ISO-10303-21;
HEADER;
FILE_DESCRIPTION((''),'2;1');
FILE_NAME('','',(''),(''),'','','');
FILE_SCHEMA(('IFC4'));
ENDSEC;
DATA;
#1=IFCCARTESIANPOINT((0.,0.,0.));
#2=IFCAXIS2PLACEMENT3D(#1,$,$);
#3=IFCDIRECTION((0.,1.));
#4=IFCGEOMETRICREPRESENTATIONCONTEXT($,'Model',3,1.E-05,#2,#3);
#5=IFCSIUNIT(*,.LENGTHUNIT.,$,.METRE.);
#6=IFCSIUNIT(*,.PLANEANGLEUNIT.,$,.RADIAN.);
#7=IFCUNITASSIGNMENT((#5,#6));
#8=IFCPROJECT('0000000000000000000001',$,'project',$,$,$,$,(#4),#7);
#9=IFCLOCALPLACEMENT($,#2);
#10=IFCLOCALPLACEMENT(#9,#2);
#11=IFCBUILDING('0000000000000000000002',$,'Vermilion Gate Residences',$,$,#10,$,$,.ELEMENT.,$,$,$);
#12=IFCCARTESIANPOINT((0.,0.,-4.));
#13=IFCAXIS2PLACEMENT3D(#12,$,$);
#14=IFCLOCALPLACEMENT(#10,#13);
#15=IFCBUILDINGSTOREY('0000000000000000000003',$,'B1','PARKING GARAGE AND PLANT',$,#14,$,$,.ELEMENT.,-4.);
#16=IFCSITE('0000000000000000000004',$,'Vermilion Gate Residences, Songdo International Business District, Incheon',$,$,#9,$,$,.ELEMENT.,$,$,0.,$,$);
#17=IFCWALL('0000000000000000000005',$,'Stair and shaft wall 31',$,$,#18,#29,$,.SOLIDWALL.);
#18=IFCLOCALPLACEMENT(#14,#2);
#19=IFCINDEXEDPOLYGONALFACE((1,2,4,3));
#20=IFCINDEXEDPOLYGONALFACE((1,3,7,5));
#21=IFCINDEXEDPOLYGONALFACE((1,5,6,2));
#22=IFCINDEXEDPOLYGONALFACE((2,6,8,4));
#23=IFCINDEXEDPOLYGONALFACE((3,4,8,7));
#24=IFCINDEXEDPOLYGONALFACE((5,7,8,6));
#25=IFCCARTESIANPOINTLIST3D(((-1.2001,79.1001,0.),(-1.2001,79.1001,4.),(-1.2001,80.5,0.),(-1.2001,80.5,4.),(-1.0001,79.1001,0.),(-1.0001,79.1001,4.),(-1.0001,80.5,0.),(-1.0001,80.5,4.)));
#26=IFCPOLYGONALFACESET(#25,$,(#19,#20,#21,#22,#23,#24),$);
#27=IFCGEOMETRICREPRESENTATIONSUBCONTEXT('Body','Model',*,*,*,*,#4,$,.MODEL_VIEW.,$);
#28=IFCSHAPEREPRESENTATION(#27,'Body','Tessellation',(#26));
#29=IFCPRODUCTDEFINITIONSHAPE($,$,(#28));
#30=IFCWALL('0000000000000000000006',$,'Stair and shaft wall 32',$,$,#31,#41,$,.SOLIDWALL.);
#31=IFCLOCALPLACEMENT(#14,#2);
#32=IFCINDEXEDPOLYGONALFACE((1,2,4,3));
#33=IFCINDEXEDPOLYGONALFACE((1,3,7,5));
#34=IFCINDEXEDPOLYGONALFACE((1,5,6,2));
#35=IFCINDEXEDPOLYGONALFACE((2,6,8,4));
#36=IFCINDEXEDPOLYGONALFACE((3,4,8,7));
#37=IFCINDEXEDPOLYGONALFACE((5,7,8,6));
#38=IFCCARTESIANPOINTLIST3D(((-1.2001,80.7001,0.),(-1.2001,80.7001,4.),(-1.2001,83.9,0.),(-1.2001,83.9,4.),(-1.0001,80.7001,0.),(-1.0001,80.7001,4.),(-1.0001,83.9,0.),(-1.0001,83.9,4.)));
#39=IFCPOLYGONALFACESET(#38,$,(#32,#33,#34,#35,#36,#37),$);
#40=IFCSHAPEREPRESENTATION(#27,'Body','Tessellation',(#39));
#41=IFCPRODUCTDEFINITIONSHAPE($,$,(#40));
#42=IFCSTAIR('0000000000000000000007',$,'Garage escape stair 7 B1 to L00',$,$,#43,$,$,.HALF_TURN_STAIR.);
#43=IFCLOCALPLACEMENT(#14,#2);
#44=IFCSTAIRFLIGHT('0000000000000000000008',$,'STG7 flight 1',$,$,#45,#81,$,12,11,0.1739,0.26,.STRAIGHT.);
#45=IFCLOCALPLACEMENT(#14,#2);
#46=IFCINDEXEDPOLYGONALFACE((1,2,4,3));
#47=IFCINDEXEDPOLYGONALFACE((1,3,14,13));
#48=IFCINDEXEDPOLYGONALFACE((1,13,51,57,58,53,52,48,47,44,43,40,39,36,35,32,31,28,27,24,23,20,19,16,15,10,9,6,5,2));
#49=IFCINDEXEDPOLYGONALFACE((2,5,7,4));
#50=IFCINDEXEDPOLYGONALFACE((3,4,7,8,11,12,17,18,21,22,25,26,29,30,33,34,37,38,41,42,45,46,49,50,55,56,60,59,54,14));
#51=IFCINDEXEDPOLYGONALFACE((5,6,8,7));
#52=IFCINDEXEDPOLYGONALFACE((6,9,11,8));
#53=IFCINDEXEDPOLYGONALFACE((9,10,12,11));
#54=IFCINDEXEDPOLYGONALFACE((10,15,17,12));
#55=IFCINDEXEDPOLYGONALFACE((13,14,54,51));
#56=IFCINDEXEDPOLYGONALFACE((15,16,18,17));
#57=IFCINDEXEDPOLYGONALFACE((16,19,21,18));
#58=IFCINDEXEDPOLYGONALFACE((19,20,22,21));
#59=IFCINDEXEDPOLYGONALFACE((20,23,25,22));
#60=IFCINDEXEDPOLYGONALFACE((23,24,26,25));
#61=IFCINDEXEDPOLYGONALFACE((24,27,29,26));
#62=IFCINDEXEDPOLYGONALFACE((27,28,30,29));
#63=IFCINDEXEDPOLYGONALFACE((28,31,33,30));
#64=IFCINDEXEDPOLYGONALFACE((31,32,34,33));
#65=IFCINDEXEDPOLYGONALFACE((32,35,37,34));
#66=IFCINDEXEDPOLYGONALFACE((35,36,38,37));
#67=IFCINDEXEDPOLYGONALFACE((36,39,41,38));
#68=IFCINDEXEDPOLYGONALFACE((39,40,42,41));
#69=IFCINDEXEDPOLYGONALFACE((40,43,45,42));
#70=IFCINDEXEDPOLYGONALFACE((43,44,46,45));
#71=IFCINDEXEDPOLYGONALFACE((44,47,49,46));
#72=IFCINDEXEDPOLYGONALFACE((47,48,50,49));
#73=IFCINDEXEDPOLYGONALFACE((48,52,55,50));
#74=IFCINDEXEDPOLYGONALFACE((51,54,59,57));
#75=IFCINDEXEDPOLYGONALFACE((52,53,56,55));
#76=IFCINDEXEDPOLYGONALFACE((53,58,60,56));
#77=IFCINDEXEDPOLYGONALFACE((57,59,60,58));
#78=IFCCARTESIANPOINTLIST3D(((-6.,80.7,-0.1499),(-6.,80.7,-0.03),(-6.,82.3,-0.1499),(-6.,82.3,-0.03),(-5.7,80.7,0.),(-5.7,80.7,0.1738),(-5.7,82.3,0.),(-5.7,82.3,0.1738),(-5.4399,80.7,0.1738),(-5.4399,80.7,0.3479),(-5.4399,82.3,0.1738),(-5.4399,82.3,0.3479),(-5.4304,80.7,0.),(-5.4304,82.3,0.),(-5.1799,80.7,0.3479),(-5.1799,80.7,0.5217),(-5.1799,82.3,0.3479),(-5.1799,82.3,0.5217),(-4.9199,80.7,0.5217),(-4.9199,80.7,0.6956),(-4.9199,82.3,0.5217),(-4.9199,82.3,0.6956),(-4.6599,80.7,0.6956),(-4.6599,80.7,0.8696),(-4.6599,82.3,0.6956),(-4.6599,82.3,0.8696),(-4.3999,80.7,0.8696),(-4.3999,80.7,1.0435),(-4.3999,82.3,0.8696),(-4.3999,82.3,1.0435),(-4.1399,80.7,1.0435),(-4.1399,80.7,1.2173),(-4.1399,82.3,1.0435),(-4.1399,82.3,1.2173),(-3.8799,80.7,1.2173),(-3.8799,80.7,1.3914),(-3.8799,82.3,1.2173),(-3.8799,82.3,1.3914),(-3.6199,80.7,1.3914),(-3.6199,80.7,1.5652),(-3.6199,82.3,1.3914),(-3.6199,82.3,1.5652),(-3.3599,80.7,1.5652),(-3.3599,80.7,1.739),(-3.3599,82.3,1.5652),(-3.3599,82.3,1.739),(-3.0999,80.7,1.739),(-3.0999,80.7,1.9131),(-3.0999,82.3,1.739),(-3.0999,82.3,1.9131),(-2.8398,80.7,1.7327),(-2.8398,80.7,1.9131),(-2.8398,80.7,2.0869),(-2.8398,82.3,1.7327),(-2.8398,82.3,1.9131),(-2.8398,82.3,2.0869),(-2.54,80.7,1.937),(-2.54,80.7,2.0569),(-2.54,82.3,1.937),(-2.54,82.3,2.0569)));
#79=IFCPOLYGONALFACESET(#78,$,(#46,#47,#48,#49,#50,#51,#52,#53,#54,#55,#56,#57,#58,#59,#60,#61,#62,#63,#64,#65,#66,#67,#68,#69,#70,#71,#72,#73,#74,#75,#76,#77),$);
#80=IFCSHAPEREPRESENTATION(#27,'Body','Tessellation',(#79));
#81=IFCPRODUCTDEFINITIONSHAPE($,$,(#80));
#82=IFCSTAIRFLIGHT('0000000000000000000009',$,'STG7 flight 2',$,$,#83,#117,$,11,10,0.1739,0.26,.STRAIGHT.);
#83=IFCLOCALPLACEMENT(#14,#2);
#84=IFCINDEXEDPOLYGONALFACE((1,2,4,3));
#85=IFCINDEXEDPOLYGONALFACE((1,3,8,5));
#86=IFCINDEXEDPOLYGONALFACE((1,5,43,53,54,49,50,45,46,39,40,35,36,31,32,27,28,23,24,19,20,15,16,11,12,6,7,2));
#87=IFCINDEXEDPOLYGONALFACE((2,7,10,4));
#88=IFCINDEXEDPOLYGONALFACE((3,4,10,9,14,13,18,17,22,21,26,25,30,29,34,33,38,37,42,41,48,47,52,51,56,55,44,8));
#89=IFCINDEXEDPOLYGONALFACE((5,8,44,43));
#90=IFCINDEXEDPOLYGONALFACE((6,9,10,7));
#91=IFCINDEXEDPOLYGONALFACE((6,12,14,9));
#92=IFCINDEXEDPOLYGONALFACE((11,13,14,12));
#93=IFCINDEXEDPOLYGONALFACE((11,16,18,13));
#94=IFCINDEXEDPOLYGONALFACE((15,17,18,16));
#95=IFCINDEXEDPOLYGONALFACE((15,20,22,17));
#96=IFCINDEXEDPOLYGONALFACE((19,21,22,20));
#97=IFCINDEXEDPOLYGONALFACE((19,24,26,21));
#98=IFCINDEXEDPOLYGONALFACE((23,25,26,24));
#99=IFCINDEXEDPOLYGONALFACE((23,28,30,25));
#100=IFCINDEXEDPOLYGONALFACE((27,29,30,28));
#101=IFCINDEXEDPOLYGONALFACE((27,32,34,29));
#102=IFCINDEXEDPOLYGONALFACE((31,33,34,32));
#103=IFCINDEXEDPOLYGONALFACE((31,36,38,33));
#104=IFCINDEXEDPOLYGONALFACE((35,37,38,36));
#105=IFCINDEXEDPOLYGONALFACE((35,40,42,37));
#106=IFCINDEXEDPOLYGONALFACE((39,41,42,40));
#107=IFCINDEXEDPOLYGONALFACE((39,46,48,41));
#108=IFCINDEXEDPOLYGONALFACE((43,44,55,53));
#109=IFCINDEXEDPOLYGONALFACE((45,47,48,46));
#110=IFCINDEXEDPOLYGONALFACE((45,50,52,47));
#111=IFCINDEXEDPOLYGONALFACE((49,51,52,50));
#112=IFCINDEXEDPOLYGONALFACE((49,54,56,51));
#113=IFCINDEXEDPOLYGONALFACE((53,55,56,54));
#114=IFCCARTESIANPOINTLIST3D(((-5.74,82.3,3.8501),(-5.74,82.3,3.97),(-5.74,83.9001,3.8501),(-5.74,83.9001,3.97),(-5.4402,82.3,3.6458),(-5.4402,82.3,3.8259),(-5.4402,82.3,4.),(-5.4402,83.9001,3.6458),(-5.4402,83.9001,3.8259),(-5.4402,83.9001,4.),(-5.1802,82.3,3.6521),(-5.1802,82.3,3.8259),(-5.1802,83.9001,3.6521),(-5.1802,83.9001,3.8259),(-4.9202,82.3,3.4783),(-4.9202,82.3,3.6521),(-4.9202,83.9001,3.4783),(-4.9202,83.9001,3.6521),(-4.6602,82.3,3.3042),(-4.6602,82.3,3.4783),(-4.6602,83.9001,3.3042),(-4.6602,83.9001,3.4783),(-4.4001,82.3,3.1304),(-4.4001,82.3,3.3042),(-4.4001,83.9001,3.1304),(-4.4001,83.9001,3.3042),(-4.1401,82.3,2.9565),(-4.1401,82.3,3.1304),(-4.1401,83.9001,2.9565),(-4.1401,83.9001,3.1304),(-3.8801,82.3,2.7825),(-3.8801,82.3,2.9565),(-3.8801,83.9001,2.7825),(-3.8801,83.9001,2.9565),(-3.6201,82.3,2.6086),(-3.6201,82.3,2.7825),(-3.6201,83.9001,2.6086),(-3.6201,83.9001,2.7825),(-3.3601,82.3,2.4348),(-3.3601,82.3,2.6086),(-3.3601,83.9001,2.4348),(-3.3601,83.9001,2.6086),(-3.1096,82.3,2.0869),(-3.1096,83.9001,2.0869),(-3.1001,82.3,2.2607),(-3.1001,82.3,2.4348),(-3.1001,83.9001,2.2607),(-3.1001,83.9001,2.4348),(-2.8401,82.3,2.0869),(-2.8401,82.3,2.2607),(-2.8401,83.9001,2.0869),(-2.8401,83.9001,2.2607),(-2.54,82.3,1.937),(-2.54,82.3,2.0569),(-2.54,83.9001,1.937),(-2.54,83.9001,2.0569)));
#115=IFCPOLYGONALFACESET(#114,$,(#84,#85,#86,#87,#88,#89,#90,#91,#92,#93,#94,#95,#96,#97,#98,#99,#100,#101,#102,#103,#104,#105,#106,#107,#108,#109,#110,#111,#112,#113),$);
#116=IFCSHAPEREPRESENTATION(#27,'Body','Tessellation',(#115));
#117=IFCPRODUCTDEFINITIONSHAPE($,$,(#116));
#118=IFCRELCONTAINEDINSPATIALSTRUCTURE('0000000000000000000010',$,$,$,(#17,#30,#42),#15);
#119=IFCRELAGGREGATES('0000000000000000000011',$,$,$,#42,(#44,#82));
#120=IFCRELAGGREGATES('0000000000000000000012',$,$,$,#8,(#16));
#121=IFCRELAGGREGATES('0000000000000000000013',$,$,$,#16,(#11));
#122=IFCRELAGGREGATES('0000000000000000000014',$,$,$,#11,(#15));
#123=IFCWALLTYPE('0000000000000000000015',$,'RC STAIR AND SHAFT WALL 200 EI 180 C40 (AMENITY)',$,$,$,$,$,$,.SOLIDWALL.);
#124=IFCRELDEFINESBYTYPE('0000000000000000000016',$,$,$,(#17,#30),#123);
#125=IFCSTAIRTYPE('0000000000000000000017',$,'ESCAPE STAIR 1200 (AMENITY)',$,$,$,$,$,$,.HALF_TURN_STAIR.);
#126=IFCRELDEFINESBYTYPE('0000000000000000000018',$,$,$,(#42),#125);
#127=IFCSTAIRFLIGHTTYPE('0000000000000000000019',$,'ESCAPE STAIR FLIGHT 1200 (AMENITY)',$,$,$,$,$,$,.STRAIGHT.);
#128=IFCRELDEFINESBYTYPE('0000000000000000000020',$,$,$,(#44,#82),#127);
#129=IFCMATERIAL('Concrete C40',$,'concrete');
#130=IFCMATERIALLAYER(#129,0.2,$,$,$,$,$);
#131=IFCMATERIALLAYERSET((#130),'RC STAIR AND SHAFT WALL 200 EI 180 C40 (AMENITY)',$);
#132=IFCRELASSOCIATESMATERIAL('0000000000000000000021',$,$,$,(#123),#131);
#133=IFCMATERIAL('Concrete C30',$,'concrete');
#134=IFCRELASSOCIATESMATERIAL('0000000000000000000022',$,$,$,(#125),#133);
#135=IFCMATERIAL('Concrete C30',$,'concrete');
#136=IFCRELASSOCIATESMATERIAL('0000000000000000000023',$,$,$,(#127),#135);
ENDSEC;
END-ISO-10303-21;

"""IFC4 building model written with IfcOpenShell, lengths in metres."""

from ifc_helpers import new_model, si_unit, direction, frame, frame_2d, origin, place, context, subcontext, project, spatial, polyline, rectangle, outline, extrude, material, layer, layer_set, type_object, element, aggregate, save


model = new_model("IFC4")

# Units and contexts
model_context = context("Model", 3, precision=1e-05, world=origin(), true_north=direction((0.0, 1.0)))
body_context = subcontext(model_context, "Body", "Model", "MODEL_VIEW")
ifc_project = project(units=[si_unit("LENGTHUNIT", "METRE"), si_unit("PLANEANGLEUNIT", "RADIAN")], contexts=[model_context])

# Site, building, storey
site_placement = place(None, origin())
site = spatial("IfcSite", under=ifc_project, at=site_placement, Name="Vermilion Gate Residences, Songdo International Business District, Incheon", CompositionType="ELEMENT", RefElevation=0.0)
building_placement = place(site_placement, origin())
building = spatial("IfcBuilding", under=site, at=building_placement, Name="Vermilion Gate Residences", CompositionType="ELEMENT")
storey_placement = place(building_placement, frame((0.0, 0.0, -4.0)))
storey = spatial("IfcBuildingStorey", under=building, at=storey_placement, Name="B1", Description="PARKING GARAGE AND PLANT", CompositionType="ELEMENT", Elevation=-4.0)

# Shared definitions
ifc_material_1 = material(Name="Concrete C40", Category="concrete")
ifc_layer_1 = layer(ifc_material_1, 0.2)
ifc_layer_set_1 = layer_set([ifc_layer_1], Name="RC STAIR AND SHAFT WALL 200 EI 180 C40 (AMENITY)")
wall_type_1 = type_object("IfcWallType", Name="RC STAIR AND SHAFT WALL 200 EI 180 C40 (AMENITY)", PredefinedType="SOLIDWALL", material=ifc_layer_set_1)

# Walls
wall_1_placement = place(storey_placement, frame((-1.1001, 79.1001, 0.0), z_axis=(0.0, 0.0, 1.0), x_axis=(0.0, 1.0, 0.0)))
element("IfcWall", 1, at=wall_1_placement, inside=storey, type_object=wall_type_1, Name="Stair and shaft wall 31", PredefinedType="SOLIDWALL", context=body_context, shape_type="SweptSolid", body=[
    extrude(rectangle(XDim=1.3999, YDim=0.2, at=frame_2d((0.7, 0.0))), origin(), (0.0, 0.0, 1.0), 4.0),
])
wall_2_placement = place(storey_placement, frame((-1.1001, 80.7, 0.0), z_axis=(0.0, 0.0, 1.0), x_axis=(0.0, 1.0, 0.0)))
element("IfcWall", 2, at=wall_2_placement, inside=storey, type_object=wall_type_1, Name="Stair and shaft wall 32", PredefinedType="SOLIDWALL", context=body_context, shape_type="SweptSolid", body=[
    extrude(rectangle(XDim=3.2, YDim=0.2, at=frame_2d((1.6001, 0.0))), origin(), (0.0, 0.0, 1.0), 4.0),
])

# Stair, stair flights
ifc_material_2 = material(Name="Concrete C30", Category="concrete")
stair_type = type_object("IfcStairType", Name="ESCAPE STAIR 1200 (AMENITY)", PredefinedType="HALF_TURN_STAIR", material=ifc_material_2)
stair_placement = place(storey_placement, origin())
stair = element("IfcStair", 3, at=stair_placement, inside=storey, type_object=stair_type, Name="Garage escape stair 7 B1 to L00", PredefinedType="HALF_TURN_STAIR")
ifc_material_3 = material(Name="Concrete C30", Category="concrete")
stair_flight_type = type_object("IfcStairFlightType", Name="ESCAPE STAIR FLIGHT 1200 (AMENITY)", PredefinedType="STRAIGHT", material=ifc_material_3)
stair_flight_1_placement = place(storey_placement, frame((-5.7, 81.5, 0.0), z_axis=(0.0, 0.0, 1.0), x_axis=(1.0, 0.0, 0.0)))
stair_flight_1 = element("IfcStairFlight", 4, at=stair_flight_1_placement, type_object=stair_flight_type, Name="STG7 flight 1", NumberOfRisers=12, NumberOfTreads=11, PredefinedType="STRAIGHT", RiserHeight=0.1739, TreadLength=0.26, context=body_context, shape_type="SweptSolid", body=[
    extrude(outline(polyline([(-0.3, -0.1499), (-0.3, -0.03), (0.0, 0.0), (0.0, 0.1738), (0.26, 0.1738), (0.26, 0.3479), (0.52, 0.3479), (0.52, 0.5217), (0.78, 0.5217), (0.78, 0.6956), (1.04, 0.6956), (1.04, 0.8696), (1.3, 0.8696), (1.3, 1.0435), (1.5601, 1.0435), (1.5601, 1.2173), (1.8201, 1.2173), (1.8201, 1.3914), (2.0801, 1.3914), (2.0801, 1.5652), (2.3401, 1.5652), (2.3401, 1.739), (2.6001, 1.739), (2.6001, 1.9131), (2.8601, 1.9131), (2.8601, 2.0869), (3.1599, 2.0569), (3.1599, 1.937), (2.8601, 1.7327), (0.2695, 0.0), (-0.3, -0.1499)])), frame((0.0, 0.8, 0.0), z_axis=(0.0, -1.0, 0.0), x_axis=(1.0, 0.0, 0.0)), (0.0, 0.0, 1.0), 1.6001),
])
stair_flight_2_placement = place(storey_placement, frame((-2.8401, 83.1001, 2.0869), z_axis=(0.0, 0.0, 1.0), x_axis=(-1.0, 0.0, 0.0)))
stair_flight_2 = element("IfcStairFlight", 5, at=stair_flight_2_placement, type_object=stair_flight_type, Name="STG7 flight 2", NumberOfRisers=11, NumberOfTreads=10, PredefinedType="STRAIGHT", RiserHeight=0.1739, TreadLength=0.26, context=body_context, shape_type="SweptSolid", body=[
    extrude(outline(polyline([(-0.3, -0.1499), (-0.3, -0.03), (0.0, 0.0), (0.0, 0.1738), (0.26, 0.1738), (0.26, 0.3479), (0.52, 0.3479), (0.52, 0.5217), (0.78, 0.5217), (0.78, 0.6956), (1.04, 0.6956), (1.04, 0.8696), (1.3, 0.8696), (1.3, 1.0435), (1.5601, 1.0435), (1.5601, 1.2173), (1.8201, 1.2173), (1.8201, 1.3914), (2.0801, 1.3914), (2.0801, 1.5652), (2.3401, 1.5652), (2.3401, 1.739), (2.6001, 1.739), (2.6001, 1.9131), (2.8999, 1.8831), (2.8999, 1.7632), (2.6001, 1.5588), (0.2695, 0.0), (-0.3, -0.1499)])), frame((0.0, 0.8, 0.0), z_axis=(0.0, -1.0, 0.0), x_axis=(1.0, 0.0, 0.0)), (0.0, 0.0, 1.0), 1.6001),
])
aggregate(stair, [stair_flight_1, stair_flight_2])

save(model, "model.ifc")
